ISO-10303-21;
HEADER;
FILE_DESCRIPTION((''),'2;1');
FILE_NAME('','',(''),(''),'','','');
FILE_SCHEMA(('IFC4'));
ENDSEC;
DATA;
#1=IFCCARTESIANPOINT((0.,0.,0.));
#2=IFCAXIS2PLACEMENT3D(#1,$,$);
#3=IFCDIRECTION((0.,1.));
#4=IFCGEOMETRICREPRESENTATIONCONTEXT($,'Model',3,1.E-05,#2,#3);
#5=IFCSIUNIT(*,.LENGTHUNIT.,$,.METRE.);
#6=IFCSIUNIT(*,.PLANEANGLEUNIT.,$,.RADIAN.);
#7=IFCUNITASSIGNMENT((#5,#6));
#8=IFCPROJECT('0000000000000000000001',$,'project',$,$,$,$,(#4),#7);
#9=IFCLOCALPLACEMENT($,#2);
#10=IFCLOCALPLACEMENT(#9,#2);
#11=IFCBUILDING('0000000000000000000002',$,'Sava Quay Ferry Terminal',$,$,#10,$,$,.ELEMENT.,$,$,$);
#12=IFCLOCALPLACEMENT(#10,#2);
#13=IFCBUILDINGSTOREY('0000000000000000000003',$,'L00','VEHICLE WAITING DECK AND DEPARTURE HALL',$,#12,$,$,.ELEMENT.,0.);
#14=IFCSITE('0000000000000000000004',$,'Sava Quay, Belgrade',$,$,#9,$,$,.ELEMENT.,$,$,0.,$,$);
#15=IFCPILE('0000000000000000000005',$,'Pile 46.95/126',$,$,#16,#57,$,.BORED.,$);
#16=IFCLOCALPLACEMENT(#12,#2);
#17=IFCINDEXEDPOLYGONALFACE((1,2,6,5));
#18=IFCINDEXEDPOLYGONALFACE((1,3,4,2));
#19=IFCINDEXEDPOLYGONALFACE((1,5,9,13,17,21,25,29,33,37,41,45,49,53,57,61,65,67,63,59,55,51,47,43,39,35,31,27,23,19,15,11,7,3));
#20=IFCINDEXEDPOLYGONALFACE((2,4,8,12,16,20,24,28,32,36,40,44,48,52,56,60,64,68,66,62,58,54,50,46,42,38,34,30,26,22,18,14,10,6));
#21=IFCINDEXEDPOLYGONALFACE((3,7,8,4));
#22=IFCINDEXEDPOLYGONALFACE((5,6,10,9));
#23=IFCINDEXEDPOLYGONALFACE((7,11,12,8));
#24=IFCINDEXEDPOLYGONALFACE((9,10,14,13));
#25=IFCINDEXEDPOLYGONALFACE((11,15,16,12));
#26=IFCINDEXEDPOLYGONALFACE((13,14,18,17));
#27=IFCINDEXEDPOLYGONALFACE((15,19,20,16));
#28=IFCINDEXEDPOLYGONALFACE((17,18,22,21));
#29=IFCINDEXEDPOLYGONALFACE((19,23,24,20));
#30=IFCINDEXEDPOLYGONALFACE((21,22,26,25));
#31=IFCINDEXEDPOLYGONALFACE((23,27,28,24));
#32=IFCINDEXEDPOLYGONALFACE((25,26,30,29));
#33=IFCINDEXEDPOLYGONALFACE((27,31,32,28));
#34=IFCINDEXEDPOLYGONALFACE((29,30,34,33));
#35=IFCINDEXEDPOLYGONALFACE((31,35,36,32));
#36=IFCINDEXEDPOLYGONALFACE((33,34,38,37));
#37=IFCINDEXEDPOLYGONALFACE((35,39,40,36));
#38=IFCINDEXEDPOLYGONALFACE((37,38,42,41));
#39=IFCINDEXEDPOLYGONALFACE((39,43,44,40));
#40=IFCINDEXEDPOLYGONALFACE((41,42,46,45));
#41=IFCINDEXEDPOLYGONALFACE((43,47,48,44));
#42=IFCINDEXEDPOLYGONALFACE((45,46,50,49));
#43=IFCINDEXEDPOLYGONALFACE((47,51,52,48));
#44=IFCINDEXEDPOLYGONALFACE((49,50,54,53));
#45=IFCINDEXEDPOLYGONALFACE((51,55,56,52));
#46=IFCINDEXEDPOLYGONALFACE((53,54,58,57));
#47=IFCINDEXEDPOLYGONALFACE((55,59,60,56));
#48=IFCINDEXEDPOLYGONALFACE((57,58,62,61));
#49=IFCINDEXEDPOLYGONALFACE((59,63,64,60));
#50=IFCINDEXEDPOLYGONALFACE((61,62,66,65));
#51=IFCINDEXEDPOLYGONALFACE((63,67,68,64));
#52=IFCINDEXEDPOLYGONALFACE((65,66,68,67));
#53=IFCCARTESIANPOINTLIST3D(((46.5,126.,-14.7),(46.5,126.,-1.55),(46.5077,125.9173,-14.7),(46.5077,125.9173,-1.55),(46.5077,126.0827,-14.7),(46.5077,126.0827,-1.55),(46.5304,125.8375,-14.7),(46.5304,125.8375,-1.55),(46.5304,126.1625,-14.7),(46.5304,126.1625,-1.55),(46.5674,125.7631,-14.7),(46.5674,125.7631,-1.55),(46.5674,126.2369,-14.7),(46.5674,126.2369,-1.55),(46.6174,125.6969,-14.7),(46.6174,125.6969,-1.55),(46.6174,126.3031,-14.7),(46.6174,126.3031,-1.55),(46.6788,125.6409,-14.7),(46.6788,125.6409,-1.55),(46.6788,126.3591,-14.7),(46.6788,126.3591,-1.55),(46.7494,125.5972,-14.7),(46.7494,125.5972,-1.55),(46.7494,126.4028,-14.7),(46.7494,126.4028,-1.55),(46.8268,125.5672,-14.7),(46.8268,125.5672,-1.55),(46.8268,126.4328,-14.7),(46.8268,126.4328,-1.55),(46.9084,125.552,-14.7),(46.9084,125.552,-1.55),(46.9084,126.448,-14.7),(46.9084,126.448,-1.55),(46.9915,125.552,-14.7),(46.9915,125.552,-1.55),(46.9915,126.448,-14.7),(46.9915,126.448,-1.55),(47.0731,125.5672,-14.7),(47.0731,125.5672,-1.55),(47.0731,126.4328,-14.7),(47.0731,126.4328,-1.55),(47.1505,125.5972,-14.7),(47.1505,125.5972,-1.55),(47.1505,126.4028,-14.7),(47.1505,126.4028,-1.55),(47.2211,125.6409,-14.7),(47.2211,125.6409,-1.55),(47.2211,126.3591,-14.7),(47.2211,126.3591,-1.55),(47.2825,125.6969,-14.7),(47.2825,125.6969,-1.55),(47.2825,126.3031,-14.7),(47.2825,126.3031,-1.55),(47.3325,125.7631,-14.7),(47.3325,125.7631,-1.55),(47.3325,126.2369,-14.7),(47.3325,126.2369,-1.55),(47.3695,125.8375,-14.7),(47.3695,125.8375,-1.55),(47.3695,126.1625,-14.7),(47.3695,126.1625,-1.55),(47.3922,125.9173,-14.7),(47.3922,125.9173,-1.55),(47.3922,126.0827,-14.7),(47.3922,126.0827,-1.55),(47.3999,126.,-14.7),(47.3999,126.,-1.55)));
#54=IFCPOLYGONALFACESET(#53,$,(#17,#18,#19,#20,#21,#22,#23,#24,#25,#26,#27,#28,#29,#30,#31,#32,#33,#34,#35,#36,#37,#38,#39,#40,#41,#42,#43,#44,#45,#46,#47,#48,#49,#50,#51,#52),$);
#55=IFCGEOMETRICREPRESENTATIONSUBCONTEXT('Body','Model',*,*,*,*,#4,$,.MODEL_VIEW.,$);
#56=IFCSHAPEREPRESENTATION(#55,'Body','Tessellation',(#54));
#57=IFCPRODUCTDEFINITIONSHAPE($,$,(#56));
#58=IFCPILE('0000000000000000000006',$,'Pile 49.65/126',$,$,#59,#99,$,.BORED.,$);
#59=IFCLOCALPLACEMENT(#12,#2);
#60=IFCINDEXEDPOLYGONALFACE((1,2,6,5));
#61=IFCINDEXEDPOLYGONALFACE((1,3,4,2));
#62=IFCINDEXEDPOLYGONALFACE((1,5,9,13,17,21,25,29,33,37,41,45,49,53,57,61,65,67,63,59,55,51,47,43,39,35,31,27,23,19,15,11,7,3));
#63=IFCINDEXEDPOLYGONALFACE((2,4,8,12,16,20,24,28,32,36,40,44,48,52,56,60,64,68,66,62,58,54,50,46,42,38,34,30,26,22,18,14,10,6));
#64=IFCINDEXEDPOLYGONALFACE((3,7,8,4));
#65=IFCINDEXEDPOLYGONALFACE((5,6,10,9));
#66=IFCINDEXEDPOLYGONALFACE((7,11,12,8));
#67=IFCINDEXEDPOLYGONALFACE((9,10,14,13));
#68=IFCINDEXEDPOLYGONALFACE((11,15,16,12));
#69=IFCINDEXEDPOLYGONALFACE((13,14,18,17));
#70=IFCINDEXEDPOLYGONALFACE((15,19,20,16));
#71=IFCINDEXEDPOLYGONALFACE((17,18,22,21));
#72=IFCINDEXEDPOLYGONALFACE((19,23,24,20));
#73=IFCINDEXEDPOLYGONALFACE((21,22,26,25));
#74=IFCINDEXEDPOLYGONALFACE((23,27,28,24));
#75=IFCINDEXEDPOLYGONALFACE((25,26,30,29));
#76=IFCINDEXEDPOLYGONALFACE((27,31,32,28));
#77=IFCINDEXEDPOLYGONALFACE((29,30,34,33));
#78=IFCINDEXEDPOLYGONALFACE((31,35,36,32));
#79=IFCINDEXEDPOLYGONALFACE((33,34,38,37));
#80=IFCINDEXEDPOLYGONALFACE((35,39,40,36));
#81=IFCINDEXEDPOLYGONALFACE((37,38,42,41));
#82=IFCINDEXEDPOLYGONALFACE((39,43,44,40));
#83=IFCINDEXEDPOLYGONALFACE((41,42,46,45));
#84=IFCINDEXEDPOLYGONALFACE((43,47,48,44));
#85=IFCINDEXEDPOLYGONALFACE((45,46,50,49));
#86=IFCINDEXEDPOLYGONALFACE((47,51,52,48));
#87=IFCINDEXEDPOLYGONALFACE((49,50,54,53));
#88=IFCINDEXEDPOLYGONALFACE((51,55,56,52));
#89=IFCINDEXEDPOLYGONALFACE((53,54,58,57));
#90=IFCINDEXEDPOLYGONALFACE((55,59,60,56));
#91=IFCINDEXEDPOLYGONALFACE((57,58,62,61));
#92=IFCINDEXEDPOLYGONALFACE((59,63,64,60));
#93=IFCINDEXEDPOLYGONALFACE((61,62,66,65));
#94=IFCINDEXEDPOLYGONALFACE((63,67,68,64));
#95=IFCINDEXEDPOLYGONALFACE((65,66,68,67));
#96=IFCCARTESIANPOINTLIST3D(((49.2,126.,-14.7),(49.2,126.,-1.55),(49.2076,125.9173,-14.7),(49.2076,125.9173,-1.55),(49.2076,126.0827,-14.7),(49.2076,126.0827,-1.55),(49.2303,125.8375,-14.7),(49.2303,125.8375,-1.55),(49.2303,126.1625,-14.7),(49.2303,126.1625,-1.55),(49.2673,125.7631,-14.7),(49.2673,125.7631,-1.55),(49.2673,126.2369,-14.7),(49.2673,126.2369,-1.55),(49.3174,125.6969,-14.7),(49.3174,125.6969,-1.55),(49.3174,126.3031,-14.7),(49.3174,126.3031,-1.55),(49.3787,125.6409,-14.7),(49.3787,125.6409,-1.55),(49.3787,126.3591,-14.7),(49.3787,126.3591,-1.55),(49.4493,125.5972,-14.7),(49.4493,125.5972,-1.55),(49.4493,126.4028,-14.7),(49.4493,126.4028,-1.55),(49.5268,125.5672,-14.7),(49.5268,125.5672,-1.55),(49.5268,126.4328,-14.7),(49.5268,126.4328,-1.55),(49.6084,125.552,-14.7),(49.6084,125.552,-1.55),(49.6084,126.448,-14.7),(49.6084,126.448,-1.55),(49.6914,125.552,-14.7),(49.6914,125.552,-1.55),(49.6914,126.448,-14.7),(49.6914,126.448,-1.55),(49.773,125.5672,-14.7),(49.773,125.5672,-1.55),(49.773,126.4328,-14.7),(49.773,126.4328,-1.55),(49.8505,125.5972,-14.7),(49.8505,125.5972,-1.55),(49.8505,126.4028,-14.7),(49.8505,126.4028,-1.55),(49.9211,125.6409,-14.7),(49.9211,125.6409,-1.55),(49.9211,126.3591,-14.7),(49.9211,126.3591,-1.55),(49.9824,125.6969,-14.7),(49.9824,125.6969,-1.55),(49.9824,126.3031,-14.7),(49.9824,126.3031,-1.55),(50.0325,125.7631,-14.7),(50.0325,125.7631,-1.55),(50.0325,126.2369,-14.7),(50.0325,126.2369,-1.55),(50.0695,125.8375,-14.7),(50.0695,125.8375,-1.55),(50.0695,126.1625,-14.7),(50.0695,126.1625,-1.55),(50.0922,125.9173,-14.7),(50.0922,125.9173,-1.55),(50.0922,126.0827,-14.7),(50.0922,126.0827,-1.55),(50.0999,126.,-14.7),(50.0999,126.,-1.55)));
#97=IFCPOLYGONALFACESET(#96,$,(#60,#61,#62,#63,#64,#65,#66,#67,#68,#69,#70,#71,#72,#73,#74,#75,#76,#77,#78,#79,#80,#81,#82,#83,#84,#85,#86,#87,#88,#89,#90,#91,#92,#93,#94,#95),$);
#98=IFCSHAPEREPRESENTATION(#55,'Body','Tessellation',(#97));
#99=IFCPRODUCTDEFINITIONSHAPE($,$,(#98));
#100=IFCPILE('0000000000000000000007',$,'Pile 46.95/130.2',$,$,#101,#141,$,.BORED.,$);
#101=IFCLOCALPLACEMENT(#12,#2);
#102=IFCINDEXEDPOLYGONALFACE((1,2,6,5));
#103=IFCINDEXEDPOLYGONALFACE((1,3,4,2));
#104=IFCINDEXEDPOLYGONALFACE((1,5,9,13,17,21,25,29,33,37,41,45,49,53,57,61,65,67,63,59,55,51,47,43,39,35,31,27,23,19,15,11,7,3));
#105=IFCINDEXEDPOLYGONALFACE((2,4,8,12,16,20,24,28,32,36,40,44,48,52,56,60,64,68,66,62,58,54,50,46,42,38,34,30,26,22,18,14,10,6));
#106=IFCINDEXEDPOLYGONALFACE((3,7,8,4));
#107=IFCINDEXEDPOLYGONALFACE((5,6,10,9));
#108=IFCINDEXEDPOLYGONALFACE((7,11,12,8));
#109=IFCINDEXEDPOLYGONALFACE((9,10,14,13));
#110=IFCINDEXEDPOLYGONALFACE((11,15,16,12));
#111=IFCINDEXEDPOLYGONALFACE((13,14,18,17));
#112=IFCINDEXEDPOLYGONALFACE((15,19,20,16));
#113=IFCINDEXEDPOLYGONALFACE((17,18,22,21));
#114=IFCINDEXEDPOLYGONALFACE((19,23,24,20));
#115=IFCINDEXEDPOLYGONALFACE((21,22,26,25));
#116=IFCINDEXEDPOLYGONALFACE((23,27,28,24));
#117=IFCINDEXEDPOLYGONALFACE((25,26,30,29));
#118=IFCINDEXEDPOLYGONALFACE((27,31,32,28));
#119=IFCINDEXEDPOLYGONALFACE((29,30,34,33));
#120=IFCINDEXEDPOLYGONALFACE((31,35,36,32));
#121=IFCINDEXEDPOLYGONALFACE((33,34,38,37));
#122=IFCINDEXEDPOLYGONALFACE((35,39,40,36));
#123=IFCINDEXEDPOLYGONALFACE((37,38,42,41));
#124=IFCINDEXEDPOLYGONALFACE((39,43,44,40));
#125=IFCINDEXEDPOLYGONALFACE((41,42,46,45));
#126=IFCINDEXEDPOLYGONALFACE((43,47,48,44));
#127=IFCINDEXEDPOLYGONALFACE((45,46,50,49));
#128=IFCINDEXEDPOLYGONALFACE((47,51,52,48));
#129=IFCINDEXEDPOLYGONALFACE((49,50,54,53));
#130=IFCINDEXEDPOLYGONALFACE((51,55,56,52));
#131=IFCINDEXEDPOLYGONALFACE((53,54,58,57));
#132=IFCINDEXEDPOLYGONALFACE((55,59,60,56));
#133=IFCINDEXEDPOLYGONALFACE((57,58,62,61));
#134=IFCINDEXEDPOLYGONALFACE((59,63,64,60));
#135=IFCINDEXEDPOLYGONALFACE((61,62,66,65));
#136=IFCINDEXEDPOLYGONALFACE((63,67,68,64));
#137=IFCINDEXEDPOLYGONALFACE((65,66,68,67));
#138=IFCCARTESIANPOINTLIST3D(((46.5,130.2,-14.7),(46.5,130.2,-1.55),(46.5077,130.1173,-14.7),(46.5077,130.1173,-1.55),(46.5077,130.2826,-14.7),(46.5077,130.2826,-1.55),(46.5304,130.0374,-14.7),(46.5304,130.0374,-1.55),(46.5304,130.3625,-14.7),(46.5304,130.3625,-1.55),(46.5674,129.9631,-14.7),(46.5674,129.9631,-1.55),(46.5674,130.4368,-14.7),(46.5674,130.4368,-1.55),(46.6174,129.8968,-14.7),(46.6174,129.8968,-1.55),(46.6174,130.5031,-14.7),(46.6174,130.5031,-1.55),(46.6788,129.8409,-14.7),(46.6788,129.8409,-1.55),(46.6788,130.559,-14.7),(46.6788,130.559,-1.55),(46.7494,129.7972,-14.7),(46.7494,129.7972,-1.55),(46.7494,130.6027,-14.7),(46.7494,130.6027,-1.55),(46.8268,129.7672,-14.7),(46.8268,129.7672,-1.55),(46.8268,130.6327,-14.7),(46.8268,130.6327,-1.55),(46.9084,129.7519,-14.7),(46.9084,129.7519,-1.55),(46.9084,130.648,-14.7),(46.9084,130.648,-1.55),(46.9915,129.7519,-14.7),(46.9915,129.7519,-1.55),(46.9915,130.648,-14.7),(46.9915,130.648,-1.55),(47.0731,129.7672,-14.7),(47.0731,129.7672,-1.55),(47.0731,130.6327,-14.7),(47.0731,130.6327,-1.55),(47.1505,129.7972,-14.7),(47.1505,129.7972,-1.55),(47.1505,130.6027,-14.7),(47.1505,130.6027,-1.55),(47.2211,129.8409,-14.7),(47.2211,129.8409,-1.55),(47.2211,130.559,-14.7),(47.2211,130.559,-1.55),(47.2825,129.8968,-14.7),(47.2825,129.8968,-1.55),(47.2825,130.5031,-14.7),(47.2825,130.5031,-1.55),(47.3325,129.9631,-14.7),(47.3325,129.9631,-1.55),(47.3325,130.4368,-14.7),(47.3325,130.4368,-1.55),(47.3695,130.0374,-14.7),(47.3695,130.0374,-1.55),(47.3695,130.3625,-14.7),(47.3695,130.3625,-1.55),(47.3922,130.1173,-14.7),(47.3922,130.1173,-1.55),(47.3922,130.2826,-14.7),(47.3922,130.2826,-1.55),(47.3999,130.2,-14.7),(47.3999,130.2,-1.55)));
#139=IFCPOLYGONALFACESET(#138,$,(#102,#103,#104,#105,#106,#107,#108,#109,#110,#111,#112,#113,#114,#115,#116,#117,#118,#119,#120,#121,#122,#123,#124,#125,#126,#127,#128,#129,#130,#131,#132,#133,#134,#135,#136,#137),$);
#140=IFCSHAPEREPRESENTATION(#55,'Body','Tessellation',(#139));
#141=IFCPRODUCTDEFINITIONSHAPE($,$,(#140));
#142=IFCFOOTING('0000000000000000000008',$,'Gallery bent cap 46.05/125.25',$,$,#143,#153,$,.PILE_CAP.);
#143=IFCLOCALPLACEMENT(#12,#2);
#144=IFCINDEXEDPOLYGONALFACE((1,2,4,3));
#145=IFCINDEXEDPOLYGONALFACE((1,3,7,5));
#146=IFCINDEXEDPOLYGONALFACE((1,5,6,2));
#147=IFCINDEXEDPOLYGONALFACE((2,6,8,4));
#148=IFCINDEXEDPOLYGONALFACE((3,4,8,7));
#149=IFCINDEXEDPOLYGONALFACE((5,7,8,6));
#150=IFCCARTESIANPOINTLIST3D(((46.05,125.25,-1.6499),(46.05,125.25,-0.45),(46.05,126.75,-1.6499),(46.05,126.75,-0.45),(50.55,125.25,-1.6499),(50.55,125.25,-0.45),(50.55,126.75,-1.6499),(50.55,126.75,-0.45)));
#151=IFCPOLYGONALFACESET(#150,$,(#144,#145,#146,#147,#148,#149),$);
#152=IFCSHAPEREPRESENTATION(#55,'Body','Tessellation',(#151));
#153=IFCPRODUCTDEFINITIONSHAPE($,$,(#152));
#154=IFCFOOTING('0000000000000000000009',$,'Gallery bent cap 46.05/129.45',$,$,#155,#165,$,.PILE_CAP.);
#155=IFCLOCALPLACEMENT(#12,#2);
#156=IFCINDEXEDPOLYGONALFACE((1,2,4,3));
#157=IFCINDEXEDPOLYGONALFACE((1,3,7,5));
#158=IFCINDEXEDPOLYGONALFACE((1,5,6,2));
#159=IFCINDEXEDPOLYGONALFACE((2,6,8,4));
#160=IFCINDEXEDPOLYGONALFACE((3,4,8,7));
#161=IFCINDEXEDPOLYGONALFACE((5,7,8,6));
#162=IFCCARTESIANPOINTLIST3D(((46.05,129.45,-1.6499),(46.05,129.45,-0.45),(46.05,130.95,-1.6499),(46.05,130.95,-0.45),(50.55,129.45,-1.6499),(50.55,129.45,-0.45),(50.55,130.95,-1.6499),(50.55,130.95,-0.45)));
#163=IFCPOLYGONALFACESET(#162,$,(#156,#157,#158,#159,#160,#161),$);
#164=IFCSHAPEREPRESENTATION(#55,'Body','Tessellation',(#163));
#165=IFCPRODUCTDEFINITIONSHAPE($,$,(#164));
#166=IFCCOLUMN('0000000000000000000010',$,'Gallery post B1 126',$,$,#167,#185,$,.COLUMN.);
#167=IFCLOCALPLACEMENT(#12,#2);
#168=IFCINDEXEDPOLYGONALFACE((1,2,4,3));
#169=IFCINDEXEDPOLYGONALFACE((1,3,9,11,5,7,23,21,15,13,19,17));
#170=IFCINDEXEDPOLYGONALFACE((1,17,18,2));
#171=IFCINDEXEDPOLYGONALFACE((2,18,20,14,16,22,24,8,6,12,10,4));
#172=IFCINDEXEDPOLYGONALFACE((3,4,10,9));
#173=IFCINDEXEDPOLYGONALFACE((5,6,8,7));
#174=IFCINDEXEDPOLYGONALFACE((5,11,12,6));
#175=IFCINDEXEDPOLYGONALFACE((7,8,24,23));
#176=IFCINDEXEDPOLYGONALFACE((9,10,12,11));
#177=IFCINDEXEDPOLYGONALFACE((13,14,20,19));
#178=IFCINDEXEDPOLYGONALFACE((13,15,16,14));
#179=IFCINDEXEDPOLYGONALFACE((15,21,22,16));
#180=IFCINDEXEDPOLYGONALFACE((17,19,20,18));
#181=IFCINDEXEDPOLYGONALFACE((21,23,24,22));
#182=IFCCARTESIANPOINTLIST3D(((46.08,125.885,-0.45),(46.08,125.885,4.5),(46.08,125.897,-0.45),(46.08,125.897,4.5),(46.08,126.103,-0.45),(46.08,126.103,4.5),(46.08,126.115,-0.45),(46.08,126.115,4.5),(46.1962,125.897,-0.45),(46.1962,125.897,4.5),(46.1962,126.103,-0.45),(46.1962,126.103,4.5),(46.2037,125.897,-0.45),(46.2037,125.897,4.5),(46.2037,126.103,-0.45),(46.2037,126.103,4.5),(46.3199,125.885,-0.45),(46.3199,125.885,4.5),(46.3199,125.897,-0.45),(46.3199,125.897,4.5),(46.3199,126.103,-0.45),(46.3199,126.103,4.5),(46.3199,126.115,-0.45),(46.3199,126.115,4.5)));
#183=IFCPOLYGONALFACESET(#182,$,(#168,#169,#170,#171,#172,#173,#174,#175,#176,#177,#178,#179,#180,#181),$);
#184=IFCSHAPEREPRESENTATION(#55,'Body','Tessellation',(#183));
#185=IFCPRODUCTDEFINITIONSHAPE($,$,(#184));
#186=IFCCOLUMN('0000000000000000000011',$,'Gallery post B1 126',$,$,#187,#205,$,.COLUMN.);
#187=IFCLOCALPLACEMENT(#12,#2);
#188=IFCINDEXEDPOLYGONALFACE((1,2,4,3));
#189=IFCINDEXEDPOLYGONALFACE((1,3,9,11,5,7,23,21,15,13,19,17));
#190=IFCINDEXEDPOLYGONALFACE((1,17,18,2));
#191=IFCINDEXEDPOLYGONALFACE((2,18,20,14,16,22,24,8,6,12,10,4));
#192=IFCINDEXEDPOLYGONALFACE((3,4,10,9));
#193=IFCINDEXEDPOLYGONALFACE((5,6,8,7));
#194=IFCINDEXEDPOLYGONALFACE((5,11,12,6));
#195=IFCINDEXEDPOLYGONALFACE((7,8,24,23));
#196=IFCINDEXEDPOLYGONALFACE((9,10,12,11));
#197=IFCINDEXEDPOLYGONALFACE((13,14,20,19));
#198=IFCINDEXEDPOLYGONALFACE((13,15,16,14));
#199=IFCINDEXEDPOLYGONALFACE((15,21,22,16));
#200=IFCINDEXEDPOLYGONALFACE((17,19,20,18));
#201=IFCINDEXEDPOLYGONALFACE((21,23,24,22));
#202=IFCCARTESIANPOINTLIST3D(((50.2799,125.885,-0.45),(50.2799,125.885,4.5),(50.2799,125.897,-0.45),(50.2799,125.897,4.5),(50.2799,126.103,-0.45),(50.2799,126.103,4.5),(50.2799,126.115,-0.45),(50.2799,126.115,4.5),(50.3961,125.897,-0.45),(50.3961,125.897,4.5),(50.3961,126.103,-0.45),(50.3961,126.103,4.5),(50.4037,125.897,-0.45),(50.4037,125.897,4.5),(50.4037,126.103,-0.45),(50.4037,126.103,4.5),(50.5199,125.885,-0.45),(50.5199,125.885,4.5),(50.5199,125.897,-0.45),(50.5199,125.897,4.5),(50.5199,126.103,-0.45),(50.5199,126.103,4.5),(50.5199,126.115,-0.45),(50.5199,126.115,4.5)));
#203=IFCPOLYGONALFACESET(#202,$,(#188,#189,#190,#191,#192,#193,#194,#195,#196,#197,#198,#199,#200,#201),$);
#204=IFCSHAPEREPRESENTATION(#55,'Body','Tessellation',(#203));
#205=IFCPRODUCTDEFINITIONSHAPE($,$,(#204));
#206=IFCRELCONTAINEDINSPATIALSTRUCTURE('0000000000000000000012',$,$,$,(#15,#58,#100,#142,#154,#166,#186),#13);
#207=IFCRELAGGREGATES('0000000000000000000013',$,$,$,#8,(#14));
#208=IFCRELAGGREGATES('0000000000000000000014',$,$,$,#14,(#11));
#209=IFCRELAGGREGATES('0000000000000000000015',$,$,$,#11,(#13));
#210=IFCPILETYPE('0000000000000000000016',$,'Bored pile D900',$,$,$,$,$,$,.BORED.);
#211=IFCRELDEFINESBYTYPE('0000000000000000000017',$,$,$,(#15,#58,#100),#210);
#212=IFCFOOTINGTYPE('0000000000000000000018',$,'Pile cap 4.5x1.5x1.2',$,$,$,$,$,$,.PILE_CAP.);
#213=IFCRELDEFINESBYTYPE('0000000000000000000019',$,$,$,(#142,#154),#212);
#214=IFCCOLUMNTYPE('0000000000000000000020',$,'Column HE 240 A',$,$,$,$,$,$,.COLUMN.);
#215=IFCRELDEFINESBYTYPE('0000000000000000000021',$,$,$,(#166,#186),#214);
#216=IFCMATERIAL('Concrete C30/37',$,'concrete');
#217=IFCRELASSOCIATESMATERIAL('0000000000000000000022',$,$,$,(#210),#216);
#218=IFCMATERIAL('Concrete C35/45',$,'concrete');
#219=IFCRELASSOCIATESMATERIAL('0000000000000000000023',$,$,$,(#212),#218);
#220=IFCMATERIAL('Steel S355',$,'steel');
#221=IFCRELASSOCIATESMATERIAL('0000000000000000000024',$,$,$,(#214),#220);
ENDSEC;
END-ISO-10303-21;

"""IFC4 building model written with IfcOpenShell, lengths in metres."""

from ifc_helpers import new_model, si_unit, direction, frame, origin, origin_2d, place, context, subcontext, project, spatial, rectangle, circle, i_section, extrude, material, material_profile, profile_set, type_object, element, save


model = new_model("IFC4")

# Units and contexts
model_context = context("Model", 3, precision=1e-05, world=origin(), true_north=direction((0.0, 1.0)))
body_context = subcontext(model_context, "Body", "Model", "MODEL_VIEW")
ifc_project = project(units=[si_unit("LENGTHUNIT", "METRE"), si_unit("PLANEANGLEUNIT", "RADIAN")], contexts=[model_context])

# Site, building, storey
site_placement = place(None, origin())
site = spatial("IfcSite", under=ifc_project, at=site_placement, Name="Sava Quay, Belgrade", CompositionType="ELEMENT", RefElevation=0.0)
building_placement = place(site_placement, origin())
building = spatial("IfcBuilding", under=site, at=building_placement, Name="Sava Quay Ferry Terminal", CompositionType="ELEMENT")
storey_placement = place(building_placement, origin())
storey = spatial("IfcBuildingStorey", under=building, at=storey_placement, Name="L00", Description="VEHICLE WAITING DECK AND DEPARTURE HALL", CompositionType="ELEMENT", Elevation=0.0)

# Piles
ifc_material_1 = material(Name="Concrete C30/37", Category="concrete")
ifc_material_profile_1 = material_profile(ifc_material_1, circle(Radius=0.45, at=origin_2d()), Name="Bored pile D900")
ifc_profile_set_1 = profile_set([ifc_material_profile_1], Name="Concrete C30/37")
pile_type = type_object("IfcPileType", Name="Bored pile D900", PredefinedType="BORED", material=ifc_profile_set_1)
for number, where, z_axis, x_axis, name in (
    (1, (46.95, 126.0, -1.55), (0.0, 0.0, -1.0), (1.0, 0.0, 0.0), "Pile 46.95/126"),
    (2, (49.6499, 126.0, -1.55), (0.0, 0.0, -1.0), (1.0, 0.0, 0.0), "Pile 49.65/126"),
    (3, (46.95, 130.2, -1.55), (0.0, 0.0, -1.0), (1.0, 0.0, 0.0), "Pile 46.95/130.2"),
):
    element("IfcPile", number, at=place(storey_placement, frame(where, z_axis=z_axis, x_axis=x_axis)), inside=storey, type_object=pile_type, Name=name, PredefinedType="BORED", context=body_context, shape_type="SweptSolid", body=[
        extrude(circle(Radius=0.45, at=origin_2d()), origin(), (0.0, 0.0, 1.0), 13.1499),
    ])

# Footings
ifc_material_2 = material(Name="Concrete C35/45", Category="concrete")
footing_type = type_object("IfcFootingType", Name="Pile cap 4.5x1.5x1.2", PredefinedType="PILE_CAP", material=ifc_material_2)
for number, where, z_axis, x_axis, name in (
    (4, (48.3, 126.0, -1.6499), (0.0, 0.0, 1.0), (1.0, 0.0, 0.0), "Gallery bent cap 46.05/125.25"),
    (5, (48.3, 130.2, -1.6499), (0.0, 0.0, 1.0), (1.0, 0.0, 0.0), "Gallery bent cap 46.05/129.45"),
):
    element("IfcFooting", number, at=place(storey_placement, frame(where, z_axis=z_axis, x_axis=x_axis)), inside=storey, type_object=footing_type, Name=name, PredefinedType="PILE_CAP", context=body_context, shape_type="SweptSolid", body=[
        extrude(rectangle(XDim=4.5, YDim=1.5, at=origin_2d()), origin(), (0.0, 0.0, 1.0), 1.2),
    ])

# Columns
ifc_material_3 = material(Name="Steel S355", Category="steel")
ifc_material_profile_2 = material_profile(ifc_material_3, i_section(OverallWidth=0.24, OverallDepth=0.23, WebThickness=0.0076, FlangeThickness=0.012, at=origin_2d()), Name="HE 240 A")
ifc_profile_set_2 = profile_set([ifc_material_profile_2], Name="Steel S355")
column_type = type_object("IfcColumnType", Name="Column HE 240 A", PredefinedType="COLUMN", material=ifc_profile_set_2)
for number, where, z_axis, x_axis, name in (
    (6, (46.2, 126.0, -0.45), (0.0, 0.0, 1.0), (1.0, 0.0, 0.0), "Gallery post B1 126"),
    (7, (50.3999, 126.0, -0.45), (0.0, 0.0, 1.0), (1.0, 0.0, 0.0), "Gallery post B1 126"),
):
    element("IfcColumn", number, at=place(storey_placement, frame(where, z_axis=z_axis, x_axis=x_axis)), inside=storey, type_object=column_type, Name=name, PredefinedType="COLUMN", context=body_context, shape_type="SweptSolid", body=[
        extrude(i_section(OverallWidth=0.24, OverallDepth=0.23, WebThickness=0.0076, FlangeThickness=0.012, at=origin_2d()), origin(), (0.0, 0.0, 1.0), 4.95),
    ])

save(model, "model.ifc")
